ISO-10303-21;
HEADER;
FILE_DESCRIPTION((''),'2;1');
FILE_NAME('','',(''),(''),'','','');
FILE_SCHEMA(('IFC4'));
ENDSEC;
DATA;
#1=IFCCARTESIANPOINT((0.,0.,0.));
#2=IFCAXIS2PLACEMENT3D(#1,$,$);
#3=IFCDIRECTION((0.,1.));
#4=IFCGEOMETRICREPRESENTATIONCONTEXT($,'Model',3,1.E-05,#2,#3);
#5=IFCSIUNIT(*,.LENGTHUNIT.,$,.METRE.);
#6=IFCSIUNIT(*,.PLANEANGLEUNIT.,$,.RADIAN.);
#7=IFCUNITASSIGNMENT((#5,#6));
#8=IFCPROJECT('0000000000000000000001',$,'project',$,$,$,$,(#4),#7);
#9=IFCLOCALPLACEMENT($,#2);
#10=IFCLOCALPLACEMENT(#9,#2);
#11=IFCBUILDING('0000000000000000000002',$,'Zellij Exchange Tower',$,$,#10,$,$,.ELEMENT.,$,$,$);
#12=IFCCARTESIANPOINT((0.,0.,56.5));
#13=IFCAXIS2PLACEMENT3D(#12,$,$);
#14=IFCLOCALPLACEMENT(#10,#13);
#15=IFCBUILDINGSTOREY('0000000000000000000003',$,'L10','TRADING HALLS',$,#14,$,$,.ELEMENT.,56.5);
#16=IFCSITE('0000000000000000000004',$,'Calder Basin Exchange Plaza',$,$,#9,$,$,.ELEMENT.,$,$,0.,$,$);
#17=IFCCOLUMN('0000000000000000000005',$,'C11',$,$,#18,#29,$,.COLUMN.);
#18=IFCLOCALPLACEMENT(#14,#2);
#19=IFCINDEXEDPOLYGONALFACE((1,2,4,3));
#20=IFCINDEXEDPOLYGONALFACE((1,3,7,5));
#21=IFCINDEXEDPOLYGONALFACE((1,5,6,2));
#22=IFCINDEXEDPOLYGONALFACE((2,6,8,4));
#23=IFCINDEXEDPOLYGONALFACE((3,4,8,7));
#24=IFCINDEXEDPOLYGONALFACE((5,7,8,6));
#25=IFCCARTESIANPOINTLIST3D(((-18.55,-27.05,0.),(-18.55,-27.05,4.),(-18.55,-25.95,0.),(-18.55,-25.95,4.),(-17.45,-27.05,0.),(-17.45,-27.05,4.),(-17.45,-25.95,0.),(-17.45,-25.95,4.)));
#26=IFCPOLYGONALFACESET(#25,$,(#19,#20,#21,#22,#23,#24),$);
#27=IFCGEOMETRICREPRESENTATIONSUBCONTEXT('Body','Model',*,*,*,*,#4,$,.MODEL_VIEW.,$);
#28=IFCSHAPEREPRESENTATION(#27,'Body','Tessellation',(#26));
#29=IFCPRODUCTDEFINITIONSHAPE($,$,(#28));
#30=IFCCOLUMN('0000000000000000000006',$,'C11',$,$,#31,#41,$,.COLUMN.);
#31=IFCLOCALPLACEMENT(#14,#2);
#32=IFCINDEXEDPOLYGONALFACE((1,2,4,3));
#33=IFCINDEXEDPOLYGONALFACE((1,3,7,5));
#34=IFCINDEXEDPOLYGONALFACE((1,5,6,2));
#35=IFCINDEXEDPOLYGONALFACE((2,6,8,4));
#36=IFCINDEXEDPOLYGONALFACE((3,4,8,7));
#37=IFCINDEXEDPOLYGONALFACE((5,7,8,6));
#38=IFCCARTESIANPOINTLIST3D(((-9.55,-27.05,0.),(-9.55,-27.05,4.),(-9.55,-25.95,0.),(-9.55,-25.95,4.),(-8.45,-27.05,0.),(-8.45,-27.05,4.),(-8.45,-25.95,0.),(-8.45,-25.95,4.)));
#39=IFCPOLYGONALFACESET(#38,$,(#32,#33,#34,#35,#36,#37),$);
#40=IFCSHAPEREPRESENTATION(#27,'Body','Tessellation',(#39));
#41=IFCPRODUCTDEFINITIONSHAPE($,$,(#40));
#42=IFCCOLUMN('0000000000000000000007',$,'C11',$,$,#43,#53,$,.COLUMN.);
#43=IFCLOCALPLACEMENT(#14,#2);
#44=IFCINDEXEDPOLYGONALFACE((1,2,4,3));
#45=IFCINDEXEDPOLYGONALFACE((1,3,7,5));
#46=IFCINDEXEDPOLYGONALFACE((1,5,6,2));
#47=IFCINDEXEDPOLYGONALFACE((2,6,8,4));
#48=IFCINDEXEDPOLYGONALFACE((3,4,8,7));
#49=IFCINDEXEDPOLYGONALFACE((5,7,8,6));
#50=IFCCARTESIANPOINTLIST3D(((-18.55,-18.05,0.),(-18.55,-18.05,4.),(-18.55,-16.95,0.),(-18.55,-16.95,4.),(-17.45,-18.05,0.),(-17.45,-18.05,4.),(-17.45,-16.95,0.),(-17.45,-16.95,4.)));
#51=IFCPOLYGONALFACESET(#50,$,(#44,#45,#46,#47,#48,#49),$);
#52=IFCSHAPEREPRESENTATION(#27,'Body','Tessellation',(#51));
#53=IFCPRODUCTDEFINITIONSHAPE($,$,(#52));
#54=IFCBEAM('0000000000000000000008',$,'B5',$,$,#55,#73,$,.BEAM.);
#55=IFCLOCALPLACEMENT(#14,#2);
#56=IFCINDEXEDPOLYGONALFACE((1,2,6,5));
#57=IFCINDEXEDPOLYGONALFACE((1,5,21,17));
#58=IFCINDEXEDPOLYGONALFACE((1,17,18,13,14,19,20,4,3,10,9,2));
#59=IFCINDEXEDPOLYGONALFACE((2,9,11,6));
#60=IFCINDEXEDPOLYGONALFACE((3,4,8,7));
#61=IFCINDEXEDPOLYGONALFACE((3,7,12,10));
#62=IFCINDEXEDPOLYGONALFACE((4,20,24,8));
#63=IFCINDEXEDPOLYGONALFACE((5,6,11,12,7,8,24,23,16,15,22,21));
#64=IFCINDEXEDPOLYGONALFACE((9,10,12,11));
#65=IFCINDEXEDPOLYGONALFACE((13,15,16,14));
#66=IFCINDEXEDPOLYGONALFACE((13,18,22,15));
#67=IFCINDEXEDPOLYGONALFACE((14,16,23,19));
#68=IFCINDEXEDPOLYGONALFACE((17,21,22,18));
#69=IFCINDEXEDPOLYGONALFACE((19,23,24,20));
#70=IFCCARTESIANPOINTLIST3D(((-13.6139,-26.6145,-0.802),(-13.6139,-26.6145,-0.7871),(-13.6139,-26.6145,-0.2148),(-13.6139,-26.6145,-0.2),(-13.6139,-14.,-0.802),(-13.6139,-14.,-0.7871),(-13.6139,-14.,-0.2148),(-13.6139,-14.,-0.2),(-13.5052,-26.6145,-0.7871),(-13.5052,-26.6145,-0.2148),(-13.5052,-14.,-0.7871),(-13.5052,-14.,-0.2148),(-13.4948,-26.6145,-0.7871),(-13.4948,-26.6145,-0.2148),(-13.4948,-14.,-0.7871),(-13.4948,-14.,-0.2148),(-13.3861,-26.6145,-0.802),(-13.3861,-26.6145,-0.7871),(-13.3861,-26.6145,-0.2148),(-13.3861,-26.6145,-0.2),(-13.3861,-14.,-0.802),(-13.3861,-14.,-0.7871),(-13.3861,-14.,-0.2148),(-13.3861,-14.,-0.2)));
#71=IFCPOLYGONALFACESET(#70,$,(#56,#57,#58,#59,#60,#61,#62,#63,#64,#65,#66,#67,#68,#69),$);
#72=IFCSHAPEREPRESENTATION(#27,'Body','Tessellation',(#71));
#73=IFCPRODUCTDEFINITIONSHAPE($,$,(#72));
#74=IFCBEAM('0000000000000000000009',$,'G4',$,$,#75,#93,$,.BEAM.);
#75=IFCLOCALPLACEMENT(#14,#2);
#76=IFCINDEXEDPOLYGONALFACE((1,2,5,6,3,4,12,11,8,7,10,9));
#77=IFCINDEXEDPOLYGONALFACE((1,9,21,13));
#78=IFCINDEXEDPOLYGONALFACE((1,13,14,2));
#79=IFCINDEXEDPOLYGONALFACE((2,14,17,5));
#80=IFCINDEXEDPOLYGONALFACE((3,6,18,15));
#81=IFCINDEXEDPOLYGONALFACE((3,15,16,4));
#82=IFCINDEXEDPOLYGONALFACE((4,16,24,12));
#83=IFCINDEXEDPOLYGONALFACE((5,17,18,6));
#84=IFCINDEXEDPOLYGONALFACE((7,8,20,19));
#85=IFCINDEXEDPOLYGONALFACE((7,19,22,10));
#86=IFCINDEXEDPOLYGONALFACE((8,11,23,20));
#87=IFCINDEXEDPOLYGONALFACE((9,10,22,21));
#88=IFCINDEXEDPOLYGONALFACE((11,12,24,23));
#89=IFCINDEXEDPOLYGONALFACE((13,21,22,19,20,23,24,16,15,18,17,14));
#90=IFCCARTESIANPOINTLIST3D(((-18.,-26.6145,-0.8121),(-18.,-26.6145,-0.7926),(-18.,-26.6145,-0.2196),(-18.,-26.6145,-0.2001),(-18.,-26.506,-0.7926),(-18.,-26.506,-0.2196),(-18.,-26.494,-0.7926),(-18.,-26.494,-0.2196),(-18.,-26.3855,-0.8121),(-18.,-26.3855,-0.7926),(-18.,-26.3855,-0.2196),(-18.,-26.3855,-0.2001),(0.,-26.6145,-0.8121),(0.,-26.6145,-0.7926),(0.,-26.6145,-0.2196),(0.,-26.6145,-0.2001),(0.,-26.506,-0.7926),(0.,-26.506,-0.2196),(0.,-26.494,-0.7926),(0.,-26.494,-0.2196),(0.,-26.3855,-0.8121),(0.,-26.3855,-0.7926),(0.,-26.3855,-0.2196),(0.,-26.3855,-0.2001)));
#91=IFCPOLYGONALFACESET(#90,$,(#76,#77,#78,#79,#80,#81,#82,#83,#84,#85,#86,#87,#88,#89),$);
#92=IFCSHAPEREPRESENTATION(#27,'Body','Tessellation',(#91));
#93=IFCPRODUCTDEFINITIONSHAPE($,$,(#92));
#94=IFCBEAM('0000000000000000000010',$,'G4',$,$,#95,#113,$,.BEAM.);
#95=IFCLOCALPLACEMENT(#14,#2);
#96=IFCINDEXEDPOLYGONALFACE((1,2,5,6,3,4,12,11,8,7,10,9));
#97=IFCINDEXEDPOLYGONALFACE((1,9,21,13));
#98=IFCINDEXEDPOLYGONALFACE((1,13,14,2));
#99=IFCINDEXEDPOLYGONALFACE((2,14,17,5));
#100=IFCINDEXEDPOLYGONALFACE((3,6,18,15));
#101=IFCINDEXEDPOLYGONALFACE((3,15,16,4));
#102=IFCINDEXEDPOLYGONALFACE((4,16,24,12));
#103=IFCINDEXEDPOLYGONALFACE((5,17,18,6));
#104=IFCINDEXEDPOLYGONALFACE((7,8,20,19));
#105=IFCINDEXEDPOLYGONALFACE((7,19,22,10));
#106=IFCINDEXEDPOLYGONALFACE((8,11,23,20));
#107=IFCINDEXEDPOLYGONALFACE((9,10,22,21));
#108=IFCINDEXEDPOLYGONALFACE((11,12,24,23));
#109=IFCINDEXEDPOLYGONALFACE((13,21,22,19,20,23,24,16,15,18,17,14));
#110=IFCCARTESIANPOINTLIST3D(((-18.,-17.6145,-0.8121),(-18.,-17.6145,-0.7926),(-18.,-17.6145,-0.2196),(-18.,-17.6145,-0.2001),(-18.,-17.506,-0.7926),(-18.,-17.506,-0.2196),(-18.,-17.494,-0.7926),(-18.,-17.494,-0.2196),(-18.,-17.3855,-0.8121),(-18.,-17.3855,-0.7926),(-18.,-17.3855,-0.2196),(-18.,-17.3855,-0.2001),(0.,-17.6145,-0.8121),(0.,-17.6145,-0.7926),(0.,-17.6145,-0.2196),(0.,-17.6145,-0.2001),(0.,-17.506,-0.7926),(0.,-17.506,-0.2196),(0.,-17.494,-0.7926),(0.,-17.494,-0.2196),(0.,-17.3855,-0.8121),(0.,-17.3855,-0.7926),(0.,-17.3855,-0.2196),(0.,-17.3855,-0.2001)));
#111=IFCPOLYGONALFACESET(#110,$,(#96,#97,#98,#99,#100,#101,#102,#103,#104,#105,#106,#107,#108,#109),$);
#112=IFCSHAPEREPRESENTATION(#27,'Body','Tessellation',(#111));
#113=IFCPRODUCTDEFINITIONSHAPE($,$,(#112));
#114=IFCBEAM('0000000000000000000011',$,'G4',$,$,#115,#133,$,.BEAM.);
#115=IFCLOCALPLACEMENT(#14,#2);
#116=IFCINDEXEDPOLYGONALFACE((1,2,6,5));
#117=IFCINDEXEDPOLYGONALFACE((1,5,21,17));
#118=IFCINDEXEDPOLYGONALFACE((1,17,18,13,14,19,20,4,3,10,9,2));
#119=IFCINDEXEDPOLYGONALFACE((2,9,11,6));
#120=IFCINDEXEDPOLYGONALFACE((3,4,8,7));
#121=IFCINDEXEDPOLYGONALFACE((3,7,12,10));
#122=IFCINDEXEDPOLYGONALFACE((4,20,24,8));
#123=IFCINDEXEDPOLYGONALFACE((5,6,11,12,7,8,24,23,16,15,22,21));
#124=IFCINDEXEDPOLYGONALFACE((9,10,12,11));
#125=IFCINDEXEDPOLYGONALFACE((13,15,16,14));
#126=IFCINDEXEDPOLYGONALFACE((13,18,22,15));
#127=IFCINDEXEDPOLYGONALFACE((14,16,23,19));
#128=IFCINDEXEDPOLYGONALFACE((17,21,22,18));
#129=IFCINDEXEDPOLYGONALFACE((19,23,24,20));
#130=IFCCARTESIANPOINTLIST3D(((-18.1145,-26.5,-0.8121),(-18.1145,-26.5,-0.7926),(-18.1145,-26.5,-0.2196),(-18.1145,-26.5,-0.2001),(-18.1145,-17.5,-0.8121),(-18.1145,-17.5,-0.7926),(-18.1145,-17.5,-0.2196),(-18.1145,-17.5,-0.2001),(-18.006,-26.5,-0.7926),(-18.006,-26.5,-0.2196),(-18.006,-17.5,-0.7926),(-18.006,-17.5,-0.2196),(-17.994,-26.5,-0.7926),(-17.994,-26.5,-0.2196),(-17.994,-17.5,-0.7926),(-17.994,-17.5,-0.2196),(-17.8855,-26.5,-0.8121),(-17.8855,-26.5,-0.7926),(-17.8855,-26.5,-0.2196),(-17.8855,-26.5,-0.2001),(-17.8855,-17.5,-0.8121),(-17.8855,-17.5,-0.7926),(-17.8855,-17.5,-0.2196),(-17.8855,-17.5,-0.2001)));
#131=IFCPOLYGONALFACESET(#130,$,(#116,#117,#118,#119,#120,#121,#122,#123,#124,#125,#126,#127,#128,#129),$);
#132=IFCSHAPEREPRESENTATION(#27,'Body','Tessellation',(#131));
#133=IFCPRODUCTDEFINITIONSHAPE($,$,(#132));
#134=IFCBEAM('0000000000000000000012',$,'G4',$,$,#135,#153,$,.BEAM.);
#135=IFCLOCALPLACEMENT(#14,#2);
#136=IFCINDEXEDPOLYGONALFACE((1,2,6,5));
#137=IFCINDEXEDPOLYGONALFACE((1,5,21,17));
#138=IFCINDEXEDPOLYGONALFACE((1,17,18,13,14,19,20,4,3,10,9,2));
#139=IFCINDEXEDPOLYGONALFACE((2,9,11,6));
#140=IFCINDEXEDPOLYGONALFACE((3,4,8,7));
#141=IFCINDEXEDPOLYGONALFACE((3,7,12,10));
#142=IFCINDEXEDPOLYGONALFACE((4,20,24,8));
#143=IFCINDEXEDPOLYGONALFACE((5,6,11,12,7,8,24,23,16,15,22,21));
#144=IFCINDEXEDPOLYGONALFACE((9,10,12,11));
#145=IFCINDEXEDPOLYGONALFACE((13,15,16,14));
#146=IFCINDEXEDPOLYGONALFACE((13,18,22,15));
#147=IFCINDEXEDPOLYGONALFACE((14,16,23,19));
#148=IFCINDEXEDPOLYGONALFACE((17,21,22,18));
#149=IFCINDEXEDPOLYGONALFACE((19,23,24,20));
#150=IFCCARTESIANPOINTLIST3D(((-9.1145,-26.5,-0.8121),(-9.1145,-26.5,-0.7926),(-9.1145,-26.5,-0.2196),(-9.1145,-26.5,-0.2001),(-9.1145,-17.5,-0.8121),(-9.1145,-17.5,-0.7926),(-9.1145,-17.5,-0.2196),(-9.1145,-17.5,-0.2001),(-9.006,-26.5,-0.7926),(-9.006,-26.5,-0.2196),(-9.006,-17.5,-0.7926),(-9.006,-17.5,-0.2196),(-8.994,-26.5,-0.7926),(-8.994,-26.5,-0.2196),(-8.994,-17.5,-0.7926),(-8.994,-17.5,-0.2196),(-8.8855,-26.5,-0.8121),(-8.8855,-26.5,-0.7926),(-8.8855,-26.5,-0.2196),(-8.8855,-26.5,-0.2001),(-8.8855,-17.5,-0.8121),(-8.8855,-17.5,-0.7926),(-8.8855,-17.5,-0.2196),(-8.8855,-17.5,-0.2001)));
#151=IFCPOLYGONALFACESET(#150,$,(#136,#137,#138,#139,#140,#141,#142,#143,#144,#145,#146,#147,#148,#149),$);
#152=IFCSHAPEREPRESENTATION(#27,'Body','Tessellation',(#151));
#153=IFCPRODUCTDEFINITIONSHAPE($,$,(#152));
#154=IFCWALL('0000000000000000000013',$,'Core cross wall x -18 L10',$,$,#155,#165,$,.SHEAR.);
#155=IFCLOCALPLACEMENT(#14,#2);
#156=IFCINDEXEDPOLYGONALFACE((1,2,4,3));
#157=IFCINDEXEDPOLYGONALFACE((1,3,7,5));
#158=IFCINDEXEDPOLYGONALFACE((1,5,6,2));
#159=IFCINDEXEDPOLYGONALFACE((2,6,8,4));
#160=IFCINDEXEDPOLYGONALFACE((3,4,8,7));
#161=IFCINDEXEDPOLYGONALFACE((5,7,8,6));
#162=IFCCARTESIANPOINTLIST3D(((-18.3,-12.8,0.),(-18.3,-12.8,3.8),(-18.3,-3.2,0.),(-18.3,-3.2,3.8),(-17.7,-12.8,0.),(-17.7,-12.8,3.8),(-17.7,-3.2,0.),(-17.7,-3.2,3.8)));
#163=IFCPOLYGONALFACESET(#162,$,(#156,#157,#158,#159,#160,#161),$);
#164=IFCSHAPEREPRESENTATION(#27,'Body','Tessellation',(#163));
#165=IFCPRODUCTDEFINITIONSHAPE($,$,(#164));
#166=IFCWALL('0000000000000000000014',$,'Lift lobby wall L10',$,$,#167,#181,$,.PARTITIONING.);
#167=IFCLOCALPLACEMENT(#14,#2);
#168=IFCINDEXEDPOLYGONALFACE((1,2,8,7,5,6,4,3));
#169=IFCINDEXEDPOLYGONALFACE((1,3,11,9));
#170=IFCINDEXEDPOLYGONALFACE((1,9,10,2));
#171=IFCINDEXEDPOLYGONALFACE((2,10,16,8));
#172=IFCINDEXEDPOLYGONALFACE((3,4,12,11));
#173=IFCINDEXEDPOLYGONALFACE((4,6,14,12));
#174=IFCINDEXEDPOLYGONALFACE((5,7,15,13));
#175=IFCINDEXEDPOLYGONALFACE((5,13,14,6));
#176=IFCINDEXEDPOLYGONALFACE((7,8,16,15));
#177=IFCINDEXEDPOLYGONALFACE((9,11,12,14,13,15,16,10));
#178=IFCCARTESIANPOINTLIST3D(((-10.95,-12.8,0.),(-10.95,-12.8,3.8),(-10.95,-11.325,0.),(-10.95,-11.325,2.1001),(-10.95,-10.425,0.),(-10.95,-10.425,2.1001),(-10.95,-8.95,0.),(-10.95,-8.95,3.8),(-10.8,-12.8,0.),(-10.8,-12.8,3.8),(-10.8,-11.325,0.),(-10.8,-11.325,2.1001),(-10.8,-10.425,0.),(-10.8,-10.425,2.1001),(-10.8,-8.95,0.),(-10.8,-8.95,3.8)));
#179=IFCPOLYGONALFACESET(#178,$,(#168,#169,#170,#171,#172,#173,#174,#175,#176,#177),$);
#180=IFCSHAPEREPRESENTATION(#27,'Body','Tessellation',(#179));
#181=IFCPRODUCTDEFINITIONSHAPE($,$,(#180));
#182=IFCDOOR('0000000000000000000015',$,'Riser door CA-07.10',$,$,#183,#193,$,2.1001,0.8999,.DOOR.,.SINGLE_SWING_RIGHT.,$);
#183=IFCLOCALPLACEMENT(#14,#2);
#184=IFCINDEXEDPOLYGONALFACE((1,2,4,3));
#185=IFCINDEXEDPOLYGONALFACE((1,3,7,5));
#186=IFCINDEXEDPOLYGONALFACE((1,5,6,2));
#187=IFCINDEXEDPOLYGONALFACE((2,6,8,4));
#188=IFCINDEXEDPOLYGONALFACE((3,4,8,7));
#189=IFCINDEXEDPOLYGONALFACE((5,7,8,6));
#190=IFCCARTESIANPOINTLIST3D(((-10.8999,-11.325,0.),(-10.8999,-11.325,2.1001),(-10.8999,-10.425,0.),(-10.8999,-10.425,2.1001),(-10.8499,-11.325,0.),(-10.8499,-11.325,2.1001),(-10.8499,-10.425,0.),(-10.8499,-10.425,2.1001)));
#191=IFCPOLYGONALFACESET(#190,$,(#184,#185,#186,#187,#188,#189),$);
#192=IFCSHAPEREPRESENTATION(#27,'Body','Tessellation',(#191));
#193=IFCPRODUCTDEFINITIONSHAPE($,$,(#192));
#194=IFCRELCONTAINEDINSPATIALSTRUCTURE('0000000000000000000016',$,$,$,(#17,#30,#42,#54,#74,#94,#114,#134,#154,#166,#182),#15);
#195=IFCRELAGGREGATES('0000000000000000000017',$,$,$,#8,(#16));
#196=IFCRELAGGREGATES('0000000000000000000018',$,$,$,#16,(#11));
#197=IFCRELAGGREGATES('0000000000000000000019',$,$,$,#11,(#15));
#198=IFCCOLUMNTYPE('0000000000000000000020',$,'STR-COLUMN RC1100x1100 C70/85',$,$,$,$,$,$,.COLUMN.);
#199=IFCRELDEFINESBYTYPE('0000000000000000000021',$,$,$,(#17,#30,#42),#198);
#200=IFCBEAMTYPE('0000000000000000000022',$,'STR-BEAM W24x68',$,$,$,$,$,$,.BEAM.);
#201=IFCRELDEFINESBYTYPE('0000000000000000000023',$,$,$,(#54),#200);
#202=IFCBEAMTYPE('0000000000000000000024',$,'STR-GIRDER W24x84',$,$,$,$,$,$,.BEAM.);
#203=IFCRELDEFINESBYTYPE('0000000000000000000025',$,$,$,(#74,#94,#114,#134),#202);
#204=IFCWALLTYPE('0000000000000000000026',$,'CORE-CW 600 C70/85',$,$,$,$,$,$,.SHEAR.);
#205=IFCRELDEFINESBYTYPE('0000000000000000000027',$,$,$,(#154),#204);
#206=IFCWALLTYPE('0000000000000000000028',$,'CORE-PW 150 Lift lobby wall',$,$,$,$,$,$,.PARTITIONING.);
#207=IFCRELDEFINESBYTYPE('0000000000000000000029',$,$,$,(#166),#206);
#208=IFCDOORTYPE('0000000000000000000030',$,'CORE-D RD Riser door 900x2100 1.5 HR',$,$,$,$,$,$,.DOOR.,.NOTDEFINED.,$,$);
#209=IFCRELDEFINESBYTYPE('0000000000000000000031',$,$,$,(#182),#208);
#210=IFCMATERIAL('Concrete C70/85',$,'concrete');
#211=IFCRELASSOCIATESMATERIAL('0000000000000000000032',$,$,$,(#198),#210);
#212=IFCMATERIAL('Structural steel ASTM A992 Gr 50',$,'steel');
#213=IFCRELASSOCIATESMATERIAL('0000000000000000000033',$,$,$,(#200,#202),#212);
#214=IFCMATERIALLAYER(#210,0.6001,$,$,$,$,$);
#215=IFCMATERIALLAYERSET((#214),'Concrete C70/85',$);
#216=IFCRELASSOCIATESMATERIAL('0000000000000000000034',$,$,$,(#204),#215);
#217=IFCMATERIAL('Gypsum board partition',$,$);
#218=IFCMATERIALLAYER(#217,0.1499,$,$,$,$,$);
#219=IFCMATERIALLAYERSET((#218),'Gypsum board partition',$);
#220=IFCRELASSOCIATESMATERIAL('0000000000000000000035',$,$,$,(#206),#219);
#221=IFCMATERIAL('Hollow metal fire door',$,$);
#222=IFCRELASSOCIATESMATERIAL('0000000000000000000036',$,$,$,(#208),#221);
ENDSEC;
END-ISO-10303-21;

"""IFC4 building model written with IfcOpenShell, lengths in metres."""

from ifc_helpers import new_model, si_unit, direction, frame, frame_2d, origin, origin_2d, place, context, subcontext, project, spatial, rectangle, i_section, extrude, material, layer, layer_set, material_profile, profile_set, type_object, element, fill, save


model = new_model("IFC4")

# Units and contexts
model_context = context("Model", 3, precision=1e-05, world=origin(), true_north=direction((0.0, 1.0)))
body_context = subcontext(model_context, "Body", "Model", "MODEL_VIEW")
ifc_project = project(units=[si_unit("LENGTHUNIT", "METRE"), si_unit("PLANEANGLEUNIT", "RADIAN")], contexts=[model_context])

# Site, building, storey
site_placement = place(None, origin())
site = spatial("IfcSite", under=ifc_project, at=site_placement, Name="Calder Basin Exchange Plaza", CompositionType="ELEMENT", RefElevation=0.0)
building_placement = place(site_placement, origin())
building = spatial("IfcBuilding", under=site, at=building_placement, Name="Zellij Exchange Tower", CompositionType="ELEMENT")
storey_placement = place(building_placement, frame((0.0, 0.0, 56.5)))
storey = spatial("IfcBuildingStorey", under=building, at=storey_placement, Name="L10", Description="TRADING HALLS", CompositionType="ELEMENT", Elevation=56.5)

# Columns
ifc_material_1 = material(Name="Concrete C70/85", Category="concrete")
ifc_material_profile_1 = material_profile(ifc_material_1, rectangle(XDim=1.1001, YDim=1.1001, at=origin_2d()), Name="STR-COLUMN RC1100x1100 C70/85")
ifc_profile_set_1 = profile_set([ifc_material_profile_1], Name="Concrete C70/85")
column_type = type_object("IfcColumnType", Name="STR-COLUMN RC1100x1100 C70/85", PredefinedType="COLUMN", material=ifc_profile_set_1)
for number, where, z_axis, x_axis, name in (
    (1, (-18.0, -26.5, 0.0), (0.0, 0.0, 1.0), (1.0, 0.0, 0.0), "C11"),
    (2, (-9.0, -26.5, 0.0), (0.0, 0.0, 1.0), (1.0, 0.0, 0.0), "C11"),
    (3, (-18.0, -17.5, 0.0), (0.0, 0.0, 1.0), (1.0, 0.0, 0.0), "C11"),
):
    element("IfcColumn", number, at=place(storey_placement, frame(where, z_axis=z_axis, x_axis=x_axis)), inside=storey, type_object=column_type, Name=name, PredefinedType="COLUMN", context=body_context, shape_type="SweptSolid", body=[
        extrude(rectangle(XDim=1.1001, YDim=1.1001, at=origin_2d()), origin(), (0.0, 0.0, 1.0), 4.0),
    ])

# Beams
ifc_material_2 = material(Name="Structural steel ASTM A992 Gr 50", Category="steel")
ifc_material_profile_2 = material_profile(ifc_material_2, i_section(OverallWidth=0.2278, OverallDepth=0.6021, WebThickness=0.0105, FlangeThickness=0.0149, at=origin_2d()), Name="W24x68")
ifc_profile_set_2 = profile_set([ifc_material_profile_2], Name="Structural steel ASTM A992 Gr 50")
beam_type_1 = type_object("IfcBeamType", Name="STR-BEAM W24x68", PredefinedType="BEAM", material=ifc_profile_set_2)
beam_placement = place(storey_placement, frame((-13.5, -26.6145, -0.501), z_axis=(0.0, 1.0, 0.0), x_axis=(-1.0, 0.0, 0.0)))
element("IfcBeam", 4, at=beam_placement, inside=storey, type_object=beam_type_1, Name="B5", PredefinedType="BEAM", context=body_context, shape_type="SweptSolid", body=[
    extrude(i_section(OverallWidth=0.2278, OverallDepth=0.6021, WebThickness=0.0105, FlangeThickness=0.0149, at=origin_2d()), origin(), (0.0, 0.0, 1.0), 12.6145),
])
ifc_material_profile_3 = material_profile(ifc_material_2, i_section(OverallWidth=0.229, OverallDepth=0.6121, WebThickness=0.012, FlangeThickness=0.0195, at=origin_2d()), Name="W24x84")
ifc_profile_set_3 = profile_set([ifc_material_profile_3], Name="Structural steel ASTM A992 Gr 50")
beam_type_2 = type_object("IfcBeamType", Name="STR-GIRDER W24x84", PredefinedType="BEAM", material=ifc_profile_set_3)
for number, where, z_axis, x_axis, name in (
    (5, (-18.0, -26.5, -0.5061), (1.0, 0.0, 0.0), (0.0, 1.0, 0.0), "G4"),
    (6, (-18.0, -17.5, -0.5061), (1.0, 0.0, 0.0), (0.0, 1.0, 0.0), "G4"),
):
    element("IfcBeam", number, at=place(storey_placement, frame(where, z_axis=z_axis, x_axis=x_axis)), inside=storey, type_object=beam_type_2, Name=name, PredefinedType="BEAM", context=body_context, shape_type="SweptSolid", body=[
        extrude(i_section(OverallWidth=0.229, OverallDepth=0.6121, WebThickness=0.012, FlangeThickness=0.0195, at=origin_2d()), origin(), (0.0, 0.0, 1.0), 18.0),
    ])
for number, where, z_axis, x_axis, name in (
    (7, (-18.0, -26.5, -0.5061), (0.0, 1.0, 0.0), (-1.0, 0.0, 0.0), "G4"),
    (8, (-9.0, -26.5, -0.5061), (0.0, 1.0, 0.0), (-1.0, 0.0, 0.0), "G4"),
):
    element("IfcBeam", number, at=place(storey_placement, frame(where, z_axis=z_axis, x_axis=x_axis)), inside=storey, type_object=beam_type_2, Name=name, PredefinedType="BEAM", context=body_context, shape_type="SweptSolid", body=[
        extrude(i_section(OverallWidth=0.229, OverallDepth=0.6121, WebThickness=0.012, FlangeThickness=0.0195, at=origin_2d()), origin(), (0.0, 0.0, 1.0), 9.0),
    ])

# Wall
ifc_layer_1 = layer(ifc_material_1, 0.6001)
ifc_layer_set_1 = layer_set([ifc_layer_1], Name="Concrete C70/85")
wall_type_1 = type_object("IfcWallType", Name="CORE-CW 600 C70/85", PredefinedType="SHEAR", material=ifc_layer_set_1)
wall_1_placement = place(storey_placement, frame((-18.0, -12.8, 0.0), z_axis=(0.0, 0.0, 1.0), x_axis=(0.0, 1.0, 0.0)))
element("IfcWall", 9, at=wall_1_placement, inside=storey, type_object=wall_type_1, Name="Core cross wall x -18 L10", PredefinedType="SHEAR", context=body_context, shape_type="SweptSolid", body=[
    extrude(rectangle(XDim=9.6001, YDim=0.6001, at=frame_2d((4.8, 0.0))), origin(), (0.0, 0.0, 1.0), 3.8),
])

# Wall, opening, door
ifc_material_3 = material(Name="Gypsum board partition")
ifc_layer_2 = layer(ifc_material_3, 0.1499)
ifc_layer_set_2 = layer_set([ifc_layer_2], Name="Gypsum board partition")
wall_type_2 = type_object("IfcWallType", Name="CORE-PW 150 Lift lobby wall", PredefinedType="PARTITIONING", material=ifc_layer_set_2)
wall_2_placement = place(storey_placement, frame((-10.875, -12.8, 0.0), z_axis=(0.0, 0.0, 1.0), x_axis=(0.0, 1.0, 0.0)))
wall_2 = element("IfcWall", 10, at=wall_2_placement, inside=storey, type_object=wall_type_2, Name="Lift lobby wall L10", PredefinedType="PARTITIONING", context=body_context, shape_type="SweptSolid", body=[
    extrude(rectangle(XDim=3.8501, YDim=0.1499, at=frame_2d((1.925, 0.0))), origin(), (0.0, 0.0, 1.0), 3.8),
])
opening_1_placement = place(wall_2_placement, frame((1.4751, 0.0, 0.0)))
opening_1 = element("IfcOpeningElement", 11, at=opening_1_placement, cuts=wall_2, PredefinedType="OPENING", context=body_context, shape_type="SweptSolid", body=[
    extrude(rectangle(XDim=0.8999, YDim=2.1001, at=frame_2d((0.45, 1.05))), frame((0.0, 0.0869, 0.0), z_axis=(0.0, -1.0, 0.0), x_axis=(1.0, 0.0, 0.0)), (0.0, 0.0, 1.0), 0.1738),
])
ifc_material_4 = material(Name="Hollow metal fire door")
door_type_1 = type_object("IfcDoorType", Name="CORE-D RD Riser door 900x2100 1.5 HR", OperationType="NOTDEFINED", PredefinedType="DOOR", material=ifc_material_4)
door_1_placement = place(opening_1_placement, origin())
door_1 = element("IfcDoor", 12, at=door_1_placement, inside=storey, type_object=door_type_1, Name="Riser door CA-07.10", OperationType="SINGLE_SWING_RIGHT", OverallHeight=2.1001, OverallWidth=0.8999, PredefinedType="DOOR", context=body_context, shape_type="SweptSolid", body=[
    extrude(rectangle(XDim=0.8999, YDim=2.1001, at=frame_2d((0.45, 1.05))), frame((0.0, 0.0249, 0.0), z_axis=(0.0, -1.0, 0.0), x_axis=(1.0, 0.0, 0.0)), (0.0, 0.0, 1.0), 0.05),
])
fill(opening_1, door_1)

save(model, "model.ifc")
